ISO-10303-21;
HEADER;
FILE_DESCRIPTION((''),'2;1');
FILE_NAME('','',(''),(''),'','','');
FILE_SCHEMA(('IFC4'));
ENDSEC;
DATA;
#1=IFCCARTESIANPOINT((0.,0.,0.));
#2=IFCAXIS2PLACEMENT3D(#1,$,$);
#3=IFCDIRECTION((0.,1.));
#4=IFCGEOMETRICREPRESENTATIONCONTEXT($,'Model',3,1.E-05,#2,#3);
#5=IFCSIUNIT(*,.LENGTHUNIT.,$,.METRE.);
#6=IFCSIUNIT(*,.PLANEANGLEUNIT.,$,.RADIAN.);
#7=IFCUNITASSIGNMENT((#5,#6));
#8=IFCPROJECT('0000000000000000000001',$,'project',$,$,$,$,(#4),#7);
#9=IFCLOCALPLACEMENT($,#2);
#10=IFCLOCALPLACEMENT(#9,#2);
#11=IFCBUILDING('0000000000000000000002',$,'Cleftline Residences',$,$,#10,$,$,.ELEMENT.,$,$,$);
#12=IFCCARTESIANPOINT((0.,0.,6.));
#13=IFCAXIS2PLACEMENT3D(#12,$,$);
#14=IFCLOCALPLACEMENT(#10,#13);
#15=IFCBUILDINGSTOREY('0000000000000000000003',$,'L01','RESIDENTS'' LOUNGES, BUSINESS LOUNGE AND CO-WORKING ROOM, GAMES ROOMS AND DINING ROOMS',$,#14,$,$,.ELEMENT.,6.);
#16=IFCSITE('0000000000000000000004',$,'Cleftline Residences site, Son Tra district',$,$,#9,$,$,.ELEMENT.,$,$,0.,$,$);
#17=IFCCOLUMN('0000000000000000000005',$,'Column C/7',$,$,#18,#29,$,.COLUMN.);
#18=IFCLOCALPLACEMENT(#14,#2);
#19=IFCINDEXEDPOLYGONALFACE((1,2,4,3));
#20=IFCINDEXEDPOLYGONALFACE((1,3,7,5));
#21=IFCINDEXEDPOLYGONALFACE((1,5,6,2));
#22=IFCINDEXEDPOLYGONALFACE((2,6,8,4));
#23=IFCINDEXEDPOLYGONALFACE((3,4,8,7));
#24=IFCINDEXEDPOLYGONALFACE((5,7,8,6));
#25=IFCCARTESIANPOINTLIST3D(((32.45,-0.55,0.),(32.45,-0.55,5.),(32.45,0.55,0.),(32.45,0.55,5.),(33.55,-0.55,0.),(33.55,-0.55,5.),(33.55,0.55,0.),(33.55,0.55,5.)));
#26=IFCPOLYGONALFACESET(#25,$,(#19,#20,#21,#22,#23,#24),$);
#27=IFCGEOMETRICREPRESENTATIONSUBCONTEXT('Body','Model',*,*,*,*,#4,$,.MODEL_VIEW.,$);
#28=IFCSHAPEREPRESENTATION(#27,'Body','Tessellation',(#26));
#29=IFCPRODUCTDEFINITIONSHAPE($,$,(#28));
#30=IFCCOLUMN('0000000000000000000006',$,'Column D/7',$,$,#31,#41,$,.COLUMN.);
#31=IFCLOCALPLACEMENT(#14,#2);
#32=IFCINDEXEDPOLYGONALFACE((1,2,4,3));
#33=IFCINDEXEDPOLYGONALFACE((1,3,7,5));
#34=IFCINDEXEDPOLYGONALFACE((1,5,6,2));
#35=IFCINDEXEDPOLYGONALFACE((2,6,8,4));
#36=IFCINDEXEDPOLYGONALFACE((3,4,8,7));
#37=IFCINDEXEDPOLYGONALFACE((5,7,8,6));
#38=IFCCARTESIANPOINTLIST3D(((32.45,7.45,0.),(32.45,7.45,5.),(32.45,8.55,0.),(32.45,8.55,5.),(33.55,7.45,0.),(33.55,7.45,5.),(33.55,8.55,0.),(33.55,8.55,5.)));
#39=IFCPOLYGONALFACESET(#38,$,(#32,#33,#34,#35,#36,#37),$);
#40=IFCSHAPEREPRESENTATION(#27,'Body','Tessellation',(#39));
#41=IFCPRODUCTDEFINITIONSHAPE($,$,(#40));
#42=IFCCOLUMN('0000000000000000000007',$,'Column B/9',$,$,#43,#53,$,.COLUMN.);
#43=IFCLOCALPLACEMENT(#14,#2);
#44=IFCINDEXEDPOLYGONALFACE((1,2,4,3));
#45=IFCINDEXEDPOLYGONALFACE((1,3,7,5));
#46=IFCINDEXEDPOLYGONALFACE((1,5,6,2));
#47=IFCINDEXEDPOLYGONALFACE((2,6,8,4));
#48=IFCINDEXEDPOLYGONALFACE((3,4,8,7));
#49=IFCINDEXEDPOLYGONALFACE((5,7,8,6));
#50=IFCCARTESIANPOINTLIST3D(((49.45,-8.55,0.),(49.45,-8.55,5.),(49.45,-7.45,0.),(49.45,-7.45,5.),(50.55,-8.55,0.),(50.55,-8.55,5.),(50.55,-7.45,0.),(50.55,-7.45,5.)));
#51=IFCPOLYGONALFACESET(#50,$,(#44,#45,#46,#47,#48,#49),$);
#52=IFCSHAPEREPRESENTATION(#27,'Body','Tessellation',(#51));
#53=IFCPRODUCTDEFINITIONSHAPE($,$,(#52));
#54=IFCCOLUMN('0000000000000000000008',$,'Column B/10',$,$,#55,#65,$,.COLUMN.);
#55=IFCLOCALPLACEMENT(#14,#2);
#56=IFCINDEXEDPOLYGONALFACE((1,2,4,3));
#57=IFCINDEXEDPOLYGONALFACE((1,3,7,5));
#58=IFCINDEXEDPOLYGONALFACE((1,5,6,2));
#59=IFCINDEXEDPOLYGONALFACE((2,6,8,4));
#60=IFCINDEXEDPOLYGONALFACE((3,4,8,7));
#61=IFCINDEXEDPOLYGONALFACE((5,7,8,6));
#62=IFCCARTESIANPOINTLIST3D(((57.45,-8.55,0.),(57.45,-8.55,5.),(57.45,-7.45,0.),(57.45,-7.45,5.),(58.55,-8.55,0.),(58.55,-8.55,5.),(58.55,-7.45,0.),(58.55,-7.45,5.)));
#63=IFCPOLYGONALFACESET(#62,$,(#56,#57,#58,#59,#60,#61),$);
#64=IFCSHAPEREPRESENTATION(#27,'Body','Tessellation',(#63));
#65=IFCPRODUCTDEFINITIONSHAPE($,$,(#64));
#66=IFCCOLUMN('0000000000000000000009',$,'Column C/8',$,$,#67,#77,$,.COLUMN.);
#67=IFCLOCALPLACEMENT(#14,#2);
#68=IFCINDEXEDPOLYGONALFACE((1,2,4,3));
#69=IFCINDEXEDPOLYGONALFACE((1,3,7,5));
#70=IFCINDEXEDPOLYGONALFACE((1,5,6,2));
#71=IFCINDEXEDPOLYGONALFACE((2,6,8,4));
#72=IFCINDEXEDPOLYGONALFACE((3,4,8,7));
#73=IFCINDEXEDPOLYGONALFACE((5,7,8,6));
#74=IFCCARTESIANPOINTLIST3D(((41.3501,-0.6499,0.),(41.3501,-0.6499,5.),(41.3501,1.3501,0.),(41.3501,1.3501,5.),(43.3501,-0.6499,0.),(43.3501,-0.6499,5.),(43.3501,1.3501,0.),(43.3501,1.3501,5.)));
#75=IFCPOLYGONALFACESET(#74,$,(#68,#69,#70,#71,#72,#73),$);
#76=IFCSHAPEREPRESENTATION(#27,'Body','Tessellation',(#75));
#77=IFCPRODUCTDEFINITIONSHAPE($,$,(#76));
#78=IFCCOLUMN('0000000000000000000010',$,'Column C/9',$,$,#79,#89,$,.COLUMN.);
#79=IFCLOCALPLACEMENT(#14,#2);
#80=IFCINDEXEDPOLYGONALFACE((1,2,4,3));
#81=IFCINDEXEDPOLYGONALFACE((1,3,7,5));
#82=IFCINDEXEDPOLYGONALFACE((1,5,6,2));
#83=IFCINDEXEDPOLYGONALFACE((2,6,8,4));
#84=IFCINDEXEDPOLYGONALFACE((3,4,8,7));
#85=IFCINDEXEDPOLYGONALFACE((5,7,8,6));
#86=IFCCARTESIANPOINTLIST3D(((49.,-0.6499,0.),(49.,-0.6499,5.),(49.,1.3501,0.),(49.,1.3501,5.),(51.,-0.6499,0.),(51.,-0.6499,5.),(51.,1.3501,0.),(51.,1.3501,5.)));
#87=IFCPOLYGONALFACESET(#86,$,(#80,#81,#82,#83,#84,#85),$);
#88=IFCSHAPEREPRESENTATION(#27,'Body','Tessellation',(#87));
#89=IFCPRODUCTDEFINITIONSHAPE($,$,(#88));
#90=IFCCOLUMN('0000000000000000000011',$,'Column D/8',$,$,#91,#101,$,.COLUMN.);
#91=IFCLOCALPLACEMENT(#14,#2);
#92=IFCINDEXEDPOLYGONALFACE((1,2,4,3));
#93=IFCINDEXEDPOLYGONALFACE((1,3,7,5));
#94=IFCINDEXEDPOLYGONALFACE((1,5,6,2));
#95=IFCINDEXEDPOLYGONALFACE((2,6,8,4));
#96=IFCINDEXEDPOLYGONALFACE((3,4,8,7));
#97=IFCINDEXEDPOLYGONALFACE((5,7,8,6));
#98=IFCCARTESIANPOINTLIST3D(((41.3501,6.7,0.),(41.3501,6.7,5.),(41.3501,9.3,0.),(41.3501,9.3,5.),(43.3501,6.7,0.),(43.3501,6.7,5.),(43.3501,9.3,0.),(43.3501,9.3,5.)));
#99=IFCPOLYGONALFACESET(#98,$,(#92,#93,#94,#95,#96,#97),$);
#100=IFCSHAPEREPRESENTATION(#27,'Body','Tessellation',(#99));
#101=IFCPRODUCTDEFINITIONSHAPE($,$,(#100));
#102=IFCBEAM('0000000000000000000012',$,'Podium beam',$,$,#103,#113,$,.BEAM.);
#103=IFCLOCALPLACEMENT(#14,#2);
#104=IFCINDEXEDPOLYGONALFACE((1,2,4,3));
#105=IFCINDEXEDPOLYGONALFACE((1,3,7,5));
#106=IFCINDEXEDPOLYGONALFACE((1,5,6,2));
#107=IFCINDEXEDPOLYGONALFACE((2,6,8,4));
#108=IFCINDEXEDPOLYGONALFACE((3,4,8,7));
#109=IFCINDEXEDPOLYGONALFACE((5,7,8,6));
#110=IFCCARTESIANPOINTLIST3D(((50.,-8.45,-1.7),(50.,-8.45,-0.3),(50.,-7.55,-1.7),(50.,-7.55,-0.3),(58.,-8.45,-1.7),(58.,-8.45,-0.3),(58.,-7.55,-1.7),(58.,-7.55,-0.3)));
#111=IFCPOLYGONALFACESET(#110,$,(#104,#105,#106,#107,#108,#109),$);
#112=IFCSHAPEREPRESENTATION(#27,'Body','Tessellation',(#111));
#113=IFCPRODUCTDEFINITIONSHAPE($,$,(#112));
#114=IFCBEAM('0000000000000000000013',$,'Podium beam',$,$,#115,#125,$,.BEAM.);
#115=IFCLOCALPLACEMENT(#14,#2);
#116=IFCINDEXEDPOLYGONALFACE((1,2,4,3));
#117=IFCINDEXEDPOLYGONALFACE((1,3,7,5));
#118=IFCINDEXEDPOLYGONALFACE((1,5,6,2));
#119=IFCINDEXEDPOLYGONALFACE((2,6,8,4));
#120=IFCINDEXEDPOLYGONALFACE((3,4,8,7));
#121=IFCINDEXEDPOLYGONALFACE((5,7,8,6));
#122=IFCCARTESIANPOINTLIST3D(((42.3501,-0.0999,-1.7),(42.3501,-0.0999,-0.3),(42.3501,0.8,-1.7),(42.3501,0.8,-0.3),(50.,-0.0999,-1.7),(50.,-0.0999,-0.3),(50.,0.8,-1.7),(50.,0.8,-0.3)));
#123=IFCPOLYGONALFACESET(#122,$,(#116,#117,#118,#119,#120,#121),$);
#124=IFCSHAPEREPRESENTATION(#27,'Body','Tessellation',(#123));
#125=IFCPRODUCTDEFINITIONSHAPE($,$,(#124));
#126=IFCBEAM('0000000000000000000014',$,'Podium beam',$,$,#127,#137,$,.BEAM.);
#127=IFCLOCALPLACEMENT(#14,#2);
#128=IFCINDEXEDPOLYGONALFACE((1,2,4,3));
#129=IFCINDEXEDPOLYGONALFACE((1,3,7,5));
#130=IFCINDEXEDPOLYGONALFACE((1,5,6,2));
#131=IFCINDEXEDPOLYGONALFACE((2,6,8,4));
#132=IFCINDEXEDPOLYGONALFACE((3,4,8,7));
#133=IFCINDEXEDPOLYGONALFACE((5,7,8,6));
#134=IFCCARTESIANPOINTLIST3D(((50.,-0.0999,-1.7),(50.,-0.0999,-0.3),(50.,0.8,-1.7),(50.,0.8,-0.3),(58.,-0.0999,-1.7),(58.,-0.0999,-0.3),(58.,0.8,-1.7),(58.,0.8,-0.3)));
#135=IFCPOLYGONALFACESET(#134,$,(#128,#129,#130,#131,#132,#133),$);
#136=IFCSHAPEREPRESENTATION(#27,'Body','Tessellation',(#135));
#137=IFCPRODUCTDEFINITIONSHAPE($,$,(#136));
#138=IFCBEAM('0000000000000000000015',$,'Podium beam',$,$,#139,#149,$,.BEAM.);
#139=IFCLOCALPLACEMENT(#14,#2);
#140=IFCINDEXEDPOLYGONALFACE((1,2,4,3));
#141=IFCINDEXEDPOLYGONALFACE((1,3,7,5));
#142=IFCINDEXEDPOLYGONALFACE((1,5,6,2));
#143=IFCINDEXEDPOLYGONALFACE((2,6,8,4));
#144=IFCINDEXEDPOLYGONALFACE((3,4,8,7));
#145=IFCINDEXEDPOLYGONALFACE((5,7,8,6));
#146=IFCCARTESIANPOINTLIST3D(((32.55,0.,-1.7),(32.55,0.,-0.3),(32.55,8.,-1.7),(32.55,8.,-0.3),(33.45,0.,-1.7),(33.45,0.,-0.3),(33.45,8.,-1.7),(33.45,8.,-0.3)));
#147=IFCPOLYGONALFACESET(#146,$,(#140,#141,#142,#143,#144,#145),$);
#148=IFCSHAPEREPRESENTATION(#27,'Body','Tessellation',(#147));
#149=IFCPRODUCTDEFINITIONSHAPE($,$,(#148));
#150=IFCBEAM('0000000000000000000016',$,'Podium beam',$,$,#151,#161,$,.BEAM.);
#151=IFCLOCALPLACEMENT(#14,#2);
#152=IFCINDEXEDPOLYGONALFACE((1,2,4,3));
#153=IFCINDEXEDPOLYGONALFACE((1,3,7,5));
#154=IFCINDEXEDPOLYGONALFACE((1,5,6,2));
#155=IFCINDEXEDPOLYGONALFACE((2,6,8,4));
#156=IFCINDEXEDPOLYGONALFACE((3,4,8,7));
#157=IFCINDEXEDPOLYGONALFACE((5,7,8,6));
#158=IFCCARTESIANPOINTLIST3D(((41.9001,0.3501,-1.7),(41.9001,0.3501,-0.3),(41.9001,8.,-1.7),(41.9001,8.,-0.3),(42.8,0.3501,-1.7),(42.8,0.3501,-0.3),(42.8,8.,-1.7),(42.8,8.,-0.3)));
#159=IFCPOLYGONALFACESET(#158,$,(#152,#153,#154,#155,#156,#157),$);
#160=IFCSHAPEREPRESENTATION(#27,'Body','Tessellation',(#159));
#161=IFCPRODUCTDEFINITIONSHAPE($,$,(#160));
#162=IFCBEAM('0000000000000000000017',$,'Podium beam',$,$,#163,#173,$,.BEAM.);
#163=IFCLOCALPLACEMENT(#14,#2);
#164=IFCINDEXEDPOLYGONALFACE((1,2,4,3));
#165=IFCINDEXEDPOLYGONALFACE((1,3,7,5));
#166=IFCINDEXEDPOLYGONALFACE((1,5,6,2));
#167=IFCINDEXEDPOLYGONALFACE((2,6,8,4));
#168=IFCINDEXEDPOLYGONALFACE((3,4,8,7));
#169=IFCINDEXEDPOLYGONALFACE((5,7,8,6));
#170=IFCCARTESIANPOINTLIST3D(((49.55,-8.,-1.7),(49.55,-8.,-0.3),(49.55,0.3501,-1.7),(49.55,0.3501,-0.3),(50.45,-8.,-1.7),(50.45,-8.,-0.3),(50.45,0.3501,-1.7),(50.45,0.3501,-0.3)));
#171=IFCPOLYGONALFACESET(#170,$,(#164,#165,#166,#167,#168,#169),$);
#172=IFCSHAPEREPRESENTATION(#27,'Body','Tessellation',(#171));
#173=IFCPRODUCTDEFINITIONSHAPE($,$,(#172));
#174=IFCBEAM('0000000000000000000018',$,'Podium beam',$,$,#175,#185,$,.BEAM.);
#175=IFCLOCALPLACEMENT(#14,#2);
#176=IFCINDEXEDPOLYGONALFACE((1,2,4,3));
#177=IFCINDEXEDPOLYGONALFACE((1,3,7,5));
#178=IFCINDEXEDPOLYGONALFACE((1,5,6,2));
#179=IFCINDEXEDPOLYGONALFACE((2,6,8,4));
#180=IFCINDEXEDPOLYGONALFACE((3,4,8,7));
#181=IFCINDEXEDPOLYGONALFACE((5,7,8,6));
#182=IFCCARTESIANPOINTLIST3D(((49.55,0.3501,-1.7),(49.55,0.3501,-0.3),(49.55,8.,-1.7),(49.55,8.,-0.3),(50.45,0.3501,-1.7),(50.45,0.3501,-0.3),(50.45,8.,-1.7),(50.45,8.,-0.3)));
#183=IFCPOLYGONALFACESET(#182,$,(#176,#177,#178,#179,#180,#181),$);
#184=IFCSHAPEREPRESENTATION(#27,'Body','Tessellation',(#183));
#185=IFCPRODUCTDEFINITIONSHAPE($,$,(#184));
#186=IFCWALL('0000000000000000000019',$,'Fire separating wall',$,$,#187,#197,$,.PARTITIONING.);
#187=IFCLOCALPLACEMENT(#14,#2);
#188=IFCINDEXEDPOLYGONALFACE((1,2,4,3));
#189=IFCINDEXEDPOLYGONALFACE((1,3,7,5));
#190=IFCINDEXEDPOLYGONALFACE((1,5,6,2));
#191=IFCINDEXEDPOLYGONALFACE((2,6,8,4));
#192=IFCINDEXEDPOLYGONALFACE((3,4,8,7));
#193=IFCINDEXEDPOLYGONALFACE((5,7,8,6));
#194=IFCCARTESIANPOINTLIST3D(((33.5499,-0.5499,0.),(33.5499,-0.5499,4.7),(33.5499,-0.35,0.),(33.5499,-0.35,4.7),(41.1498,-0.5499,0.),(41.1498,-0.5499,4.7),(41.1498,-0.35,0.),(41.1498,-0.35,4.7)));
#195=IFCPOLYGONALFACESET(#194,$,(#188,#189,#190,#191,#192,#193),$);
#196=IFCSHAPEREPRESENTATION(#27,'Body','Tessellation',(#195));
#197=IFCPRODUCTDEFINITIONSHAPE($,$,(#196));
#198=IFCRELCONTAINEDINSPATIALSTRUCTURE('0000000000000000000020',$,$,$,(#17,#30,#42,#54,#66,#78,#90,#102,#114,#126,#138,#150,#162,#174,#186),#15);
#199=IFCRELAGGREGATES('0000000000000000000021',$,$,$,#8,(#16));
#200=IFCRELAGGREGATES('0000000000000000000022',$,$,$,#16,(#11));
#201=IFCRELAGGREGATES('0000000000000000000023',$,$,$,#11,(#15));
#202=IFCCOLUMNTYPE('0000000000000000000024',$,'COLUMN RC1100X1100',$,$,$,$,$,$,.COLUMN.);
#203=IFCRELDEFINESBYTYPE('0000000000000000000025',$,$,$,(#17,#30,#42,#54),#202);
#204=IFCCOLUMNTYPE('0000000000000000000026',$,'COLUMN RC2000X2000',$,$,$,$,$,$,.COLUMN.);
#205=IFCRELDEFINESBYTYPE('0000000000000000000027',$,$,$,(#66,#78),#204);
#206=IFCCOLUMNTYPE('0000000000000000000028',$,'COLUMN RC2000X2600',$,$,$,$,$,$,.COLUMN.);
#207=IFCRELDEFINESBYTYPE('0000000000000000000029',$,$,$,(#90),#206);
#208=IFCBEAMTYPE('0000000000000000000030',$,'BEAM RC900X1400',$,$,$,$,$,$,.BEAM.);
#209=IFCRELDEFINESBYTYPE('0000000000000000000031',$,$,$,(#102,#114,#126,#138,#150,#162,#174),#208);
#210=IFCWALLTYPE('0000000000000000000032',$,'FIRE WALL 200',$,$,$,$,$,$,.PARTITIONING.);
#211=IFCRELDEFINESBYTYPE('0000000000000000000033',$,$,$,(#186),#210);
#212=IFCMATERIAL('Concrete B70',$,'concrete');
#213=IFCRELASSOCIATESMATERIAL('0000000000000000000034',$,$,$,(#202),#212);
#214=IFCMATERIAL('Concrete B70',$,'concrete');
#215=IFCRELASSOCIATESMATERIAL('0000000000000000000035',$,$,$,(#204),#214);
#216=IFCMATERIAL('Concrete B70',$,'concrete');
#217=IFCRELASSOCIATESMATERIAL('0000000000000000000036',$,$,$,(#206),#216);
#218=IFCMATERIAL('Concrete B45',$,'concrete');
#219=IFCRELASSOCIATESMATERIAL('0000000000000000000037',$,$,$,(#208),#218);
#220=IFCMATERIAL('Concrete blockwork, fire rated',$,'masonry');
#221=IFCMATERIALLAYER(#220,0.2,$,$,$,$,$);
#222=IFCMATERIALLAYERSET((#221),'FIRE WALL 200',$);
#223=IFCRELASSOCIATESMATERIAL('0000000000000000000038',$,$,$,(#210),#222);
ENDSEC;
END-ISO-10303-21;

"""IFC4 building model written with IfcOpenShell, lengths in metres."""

from ifc_helpers import new_model, si_unit, direction, frame, frame_2d, origin, origin_2d, place, context, subcontext, project, spatial, rectangle, extrude, material, layer, layer_set, material_profile, profile_set, type_object, element, save


model = new_model("IFC4")

# Units and contexts
model_context = context("Model", 3, precision=1e-05, world=origin(), true_north=direction((0.0, 1.0)))
body_context = subcontext(model_context, "Body", "Model", "MODEL_VIEW")
ifc_project = project(units=[si_unit("LENGTHUNIT", "METRE"), si_unit("PLANEANGLEUNIT", "RADIAN")], contexts=[model_context])

# Site, building, storey
site_placement = place(None, origin())
site = spatial("IfcSite", under=ifc_project, at=site_placement, Name="Cleftline Residences site, Son Tra district", CompositionType="ELEMENT", RefElevation=0.0)
building_placement = place(site_placement, origin())
building = spatial("IfcBuilding", under=site, at=building_placement, Name="Cleftline Residences", CompositionType="ELEMENT")
storey_placement = place(building_placement, frame((0.0, 0.0, 6.0)))
storey = spatial("IfcBuildingStorey", under=building, at=storey_placement, Name="L01", Description="RESIDENTS' LOUNGES, BUSINESS LOUNGE AND CO-WORKING ROOM, GAMES ROOMS AND DINING ROOMS", CompositionType="ELEMENT", Elevation=6.0)

# Columns
ifc_material_1 = material(Name="Concrete B70", Category="concrete")
ifc_material_profile_1 = material_profile(ifc_material_1, rectangle(XDim=1.1001, YDim=1.1001, at=origin_2d()))
ifc_profile_set_1 = profile_set([ifc_material_profile_1], Name="Concrete B70")
column_type_1 = type_object("IfcColumnType", Name="COLUMN RC1100X1100", PredefinedType="COLUMN", material=ifc_profile_set_1)
for number, where, z_axis, x_axis, name in (
    (1, (33.0, 0.0, 0.0), (0.0, 0.0, 1.0), (1.0, 0.0, 0.0), "Column C/7"),
    (2, (33.0, 8.0, 0.0), (0.0, 0.0, 1.0), (1.0, 0.0, 0.0), "Column D/7"),
    (3, (50.0, -8.0, 0.0), (0.0, 0.0, 1.0), (1.0, 0.0, 0.0), "Column B/9"),
    (4, (58.0, -8.0, 0.0), (0.0, 0.0, 1.0), (1.0, 0.0, 0.0), "Column B/10"),
):
    element("IfcColumn", number, at=place(storey_placement, frame(where, z_axis=z_axis, x_axis=x_axis)), inside=storey, type_object=column_type_1, Name=name, PredefinedType="COLUMN", context=body_context, shape_type="SweptSolid", body=[
        extrude(rectangle(XDim=1.1001, YDim=1.1001, at=origin_2d()), origin(), (0.0, 0.0, 1.0), 5.0),
    ])
ifc_material_2 = material(Name="Concrete B70", Category="concrete")
ifc_material_profile_2 = material_profile(ifc_material_2, rectangle(XDim=2.0, YDim=2.0, at=origin_2d()))
ifc_profile_set_2 = profile_set([ifc_material_profile_2], Name="Concrete B70")
column_type_2 = type_object("IfcColumnType", Name="COLUMN RC2000X2000", PredefinedType="COLUMN", material=ifc_profile_set_2)
for number, where, z_axis, x_axis, name in (
    (5, (42.3501, 0.3501, 0.0), (0.0, 0.0, 1.0), (1.0, 0.0, 0.0), "Column C/8"),
    (6, (50.0, 0.3501, 0.0), (0.0, 0.0, 1.0), (1.0, 0.0, 0.0), "Column C/9"),
):
    element("IfcColumn", number, at=place(storey_placement, frame(where, z_axis=z_axis, x_axis=x_axis)), inside=storey, type_object=column_type_2, Name=name, PredefinedType="COLUMN", context=body_context, shape_type="SweptSolid", body=[
        extrude(rectangle(XDim=2.0, YDim=2.0, at=origin_2d()), origin(), (0.0, 0.0, 1.0), 5.0),
    ])
ifc_material_3 = material(Name="Concrete B70", Category="concrete")
ifc_material_profile_3 = material_profile(ifc_material_3, rectangle(XDim=2.0, YDim=2.6001, at=origin_2d()))
ifc_profile_set_3 = profile_set([ifc_material_profile_3], Name="Concrete B70")
column_type_3 = type_object("IfcColumnType", Name="COLUMN RC2000X2600", PredefinedType="COLUMN", material=ifc_profile_set_3)
column_placement = place(storey_placement, frame((42.3501, 8.0, 0.0), z_axis=(0.0, 0.0, 1.0), x_axis=(1.0, 0.0, 0.0)))
element("IfcColumn", 7, at=column_placement, inside=storey, type_object=column_type_3, Name="Column D/8", PredefinedType="COLUMN", context=body_context, shape_type="SweptSolid", body=[
    extrude(rectangle(XDim=2.0, YDim=2.6001, at=origin_2d()), origin(), (0.0, 0.0, 1.0), 5.0),
])

# Beams
ifc_material_4 = material(Name="Concrete B45", Category="concrete")
ifc_material_profile_4 = material_profile(ifc_material_4, rectangle(XDim=0.8999, YDim=1.3999, at=origin_2d()))
ifc_profile_set_4 = profile_set([ifc_material_profile_4], Name="Concrete B45")
beam_type = type_object("IfcBeamType", Name="BEAM RC900X1400", PredefinedType="BEAM", material=ifc_profile_set_4)
beam_1_placement = place(storey_placement, frame((50.0, -8.0, -1.0), z_axis=(1.0, 0.0, 0.0), x_axis=(0.0, 1.0, 0.0)))
element("IfcBeam", 8, at=beam_1_placement, inside=storey, type_object=beam_type, Name="Podium beam", PredefinedType="BEAM", context=body_context, shape_type="SweptSolid", body=[
    extrude(rectangle(XDim=0.8999, YDim=1.3999, at=origin_2d()), origin(), (0.0, 0.0, 1.0), 8.0),
])
beam_2_placement = place(storey_placement, frame((42.3501, 0.3501, -1.0), z_axis=(1.0, 0.0, 0.0), x_axis=(0.0, 1.0, 0.0)))
element("IfcBeam", 9, at=beam_2_placement, inside=storey, type_object=beam_type, Name="Podium beam", PredefinedType="BEAM", context=body_context, shape_type="SweptSolid", body=[
    extrude(rectangle(XDim=0.8999, YDim=1.3999, at=origin_2d()), origin(), (0.0, 0.0, 1.0), 7.6499),
])
for number, where, z_axis, x_axis, name in (
    (10, (50.0, 0.3501, -1.0), (1.0, 0.0, 0.0), (0.0, 1.0, 0.0), "Podium beam"),
    (11, (33.0, 0.0, -1.0), (0.0, 1.0, 0.0), (-1.0, 0.0, 0.0), "Podium beam"),
):
    element("IfcBeam", number, at=place(storey_placement, frame(where, z_axis=z_axis, x_axis=x_axis)), inside=storey, type_object=beam_type, Name=name, PredefinedType="BEAM", context=body_context, shape_type="SweptSolid", body=[
        extrude(rectangle(XDim=0.8999, YDim=1.3999, at=origin_2d()), origin(), (0.0, 0.0, 1.0), 8.0),
    ])
beam_3_placement = place(storey_placement, frame((42.3501, 0.3501, -1.0), z_axis=(0.0, 1.0, 0.0), x_axis=(-1.0, 0.0, 0.0)))
element("IfcBeam", 12, at=beam_3_placement, inside=storey, type_object=beam_type, Name="Podium beam", PredefinedType="BEAM", context=body_context, shape_type="SweptSolid", body=[
    extrude(rectangle(XDim=0.8999, YDim=1.3999, at=origin_2d()), origin(), (0.0, 0.0, 1.0), 7.6499),
])
beam_4_placement = place(storey_placement, frame((50.0, -8.0, -1.0), z_axis=(0.0, 1.0, 0.0), x_axis=(-1.0, 0.0, 0.0)))
element("IfcBeam", 13, at=beam_4_placement, inside=storey, type_object=beam_type, Name="Podium beam", PredefinedType="BEAM", context=body_context, shape_type="SweptSolid", body=[
    extrude(rectangle(XDim=0.8999, YDim=1.3999, at=origin_2d()), origin(), (0.0, 0.0, 1.0), 8.3501),
])
beam_5_placement = place(storey_placement, frame((50.0, 0.3501, -1.0), z_axis=(0.0, 1.0, 0.0), x_axis=(-1.0, 0.0, 0.0)))
element("IfcBeam", 14, at=beam_5_placement, inside=storey, type_object=beam_type, Name="Podium beam", PredefinedType="BEAM", context=body_context, shape_type="SweptSolid", body=[
    extrude(rectangle(XDim=0.8999, YDim=1.3999, at=origin_2d()), origin(), (0.0, 0.0, 1.0), 7.6499),
])

# Wall
ifc_material_5 = material(Name="Concrete blockwork, fire rated", Category="masonry")
ifc_layer_1 = layer(ifc_material_5, 0.2)
ifc_layer_set_1 = layer_set([ifc_layer_1], Name="FIRE WALL 200")
wall_type_1 = type_object("IfcWallType", Name="FIRE WALL 200", PredefinedType="PARTITIONING", material=ifc_layer_set_1)
wall_1_placement = place(storey_placement, frame((33.55, -0.45, 0.0), z_axis=(0.0, 0.0, 1.0), x_axis=(1.0, 0.0, 0.0)))
element("IfcWall", 15, at=wall_1_placement, inside=storey, type_object=wall_type_1, Name="Fire separating wall", PredefinedType="PARTITIONING", context=body_context, shape_type="SweptSolid", body=[
    extrude(rectangle(XDim=7.5999, YDim=0.2, at=frame_2d((3.7998, 0.0))), origin(), (0.0, 0.0, 1.0), 4.7),
])

save(model, "model.ifc")
